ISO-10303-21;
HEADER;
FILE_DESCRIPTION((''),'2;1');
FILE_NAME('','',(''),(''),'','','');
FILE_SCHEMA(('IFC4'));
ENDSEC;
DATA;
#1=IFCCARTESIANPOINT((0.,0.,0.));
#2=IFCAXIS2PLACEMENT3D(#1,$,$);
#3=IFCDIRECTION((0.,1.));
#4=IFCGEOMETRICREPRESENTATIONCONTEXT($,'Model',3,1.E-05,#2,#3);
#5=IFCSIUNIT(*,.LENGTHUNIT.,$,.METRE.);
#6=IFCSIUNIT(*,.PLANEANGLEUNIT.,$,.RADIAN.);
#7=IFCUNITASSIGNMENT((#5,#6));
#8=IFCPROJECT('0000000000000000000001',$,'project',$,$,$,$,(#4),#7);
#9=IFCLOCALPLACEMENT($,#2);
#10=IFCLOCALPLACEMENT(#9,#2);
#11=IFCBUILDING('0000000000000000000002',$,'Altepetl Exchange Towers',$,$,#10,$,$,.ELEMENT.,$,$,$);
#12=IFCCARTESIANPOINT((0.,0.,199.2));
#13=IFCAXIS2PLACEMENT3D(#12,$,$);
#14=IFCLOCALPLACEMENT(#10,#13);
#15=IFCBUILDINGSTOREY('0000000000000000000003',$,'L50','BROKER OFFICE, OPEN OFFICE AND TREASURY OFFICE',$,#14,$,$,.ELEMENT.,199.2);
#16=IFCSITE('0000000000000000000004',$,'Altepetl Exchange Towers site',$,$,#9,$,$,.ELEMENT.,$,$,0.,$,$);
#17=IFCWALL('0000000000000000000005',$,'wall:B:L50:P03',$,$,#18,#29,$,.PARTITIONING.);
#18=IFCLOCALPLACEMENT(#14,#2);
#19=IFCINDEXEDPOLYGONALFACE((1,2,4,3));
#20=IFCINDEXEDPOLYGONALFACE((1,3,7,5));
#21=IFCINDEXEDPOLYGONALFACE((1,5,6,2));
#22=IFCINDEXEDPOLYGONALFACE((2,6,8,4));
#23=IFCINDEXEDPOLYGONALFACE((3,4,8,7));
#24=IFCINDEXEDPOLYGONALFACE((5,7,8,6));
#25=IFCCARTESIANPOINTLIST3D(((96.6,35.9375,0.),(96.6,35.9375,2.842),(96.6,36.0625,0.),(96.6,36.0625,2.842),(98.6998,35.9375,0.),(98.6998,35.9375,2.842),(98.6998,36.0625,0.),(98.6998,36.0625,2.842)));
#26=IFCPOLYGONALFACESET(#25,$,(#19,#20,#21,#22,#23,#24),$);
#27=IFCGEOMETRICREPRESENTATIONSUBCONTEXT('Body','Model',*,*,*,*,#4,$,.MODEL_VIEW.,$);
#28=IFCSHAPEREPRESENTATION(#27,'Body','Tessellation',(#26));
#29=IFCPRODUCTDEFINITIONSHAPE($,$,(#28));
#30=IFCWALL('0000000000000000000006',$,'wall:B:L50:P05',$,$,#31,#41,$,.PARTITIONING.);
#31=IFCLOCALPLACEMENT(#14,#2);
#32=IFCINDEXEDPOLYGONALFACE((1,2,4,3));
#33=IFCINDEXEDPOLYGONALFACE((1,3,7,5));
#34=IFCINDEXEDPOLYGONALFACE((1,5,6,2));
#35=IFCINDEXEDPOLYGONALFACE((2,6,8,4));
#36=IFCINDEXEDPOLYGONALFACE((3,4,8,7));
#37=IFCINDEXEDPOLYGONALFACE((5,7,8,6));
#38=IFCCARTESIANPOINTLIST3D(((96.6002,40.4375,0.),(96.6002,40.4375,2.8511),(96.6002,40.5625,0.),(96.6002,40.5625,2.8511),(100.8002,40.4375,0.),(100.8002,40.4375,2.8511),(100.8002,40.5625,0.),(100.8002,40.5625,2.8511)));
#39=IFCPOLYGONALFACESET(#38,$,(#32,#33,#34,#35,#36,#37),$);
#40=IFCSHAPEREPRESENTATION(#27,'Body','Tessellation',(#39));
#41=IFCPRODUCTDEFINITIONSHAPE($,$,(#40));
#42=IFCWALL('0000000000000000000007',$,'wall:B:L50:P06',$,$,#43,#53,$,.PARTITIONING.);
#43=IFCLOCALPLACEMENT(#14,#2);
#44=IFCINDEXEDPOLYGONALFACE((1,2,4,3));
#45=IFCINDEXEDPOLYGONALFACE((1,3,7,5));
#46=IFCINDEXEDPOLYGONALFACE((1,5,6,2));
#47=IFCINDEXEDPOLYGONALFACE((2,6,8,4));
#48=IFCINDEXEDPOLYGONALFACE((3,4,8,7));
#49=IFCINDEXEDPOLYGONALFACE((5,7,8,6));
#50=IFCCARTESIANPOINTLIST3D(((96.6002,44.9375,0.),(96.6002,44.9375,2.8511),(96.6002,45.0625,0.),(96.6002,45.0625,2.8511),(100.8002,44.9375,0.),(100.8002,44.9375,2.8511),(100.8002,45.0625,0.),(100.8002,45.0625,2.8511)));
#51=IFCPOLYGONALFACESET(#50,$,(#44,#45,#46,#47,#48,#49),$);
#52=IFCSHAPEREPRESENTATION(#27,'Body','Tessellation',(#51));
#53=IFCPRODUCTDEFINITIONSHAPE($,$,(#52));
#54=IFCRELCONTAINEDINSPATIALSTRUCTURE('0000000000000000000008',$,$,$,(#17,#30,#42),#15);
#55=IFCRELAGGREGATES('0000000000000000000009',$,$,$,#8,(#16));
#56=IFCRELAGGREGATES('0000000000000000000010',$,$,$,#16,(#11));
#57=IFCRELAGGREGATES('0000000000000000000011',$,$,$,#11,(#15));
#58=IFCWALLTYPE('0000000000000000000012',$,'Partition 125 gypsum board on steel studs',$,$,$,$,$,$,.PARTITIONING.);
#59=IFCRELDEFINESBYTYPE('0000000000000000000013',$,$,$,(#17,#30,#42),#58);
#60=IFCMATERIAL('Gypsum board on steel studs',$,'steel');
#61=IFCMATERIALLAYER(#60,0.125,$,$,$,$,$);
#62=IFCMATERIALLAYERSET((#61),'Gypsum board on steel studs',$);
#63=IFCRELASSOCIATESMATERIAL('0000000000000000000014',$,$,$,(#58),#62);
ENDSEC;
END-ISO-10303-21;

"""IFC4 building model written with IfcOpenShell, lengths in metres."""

from ifc_helpers import new_model, si_unit, direction, frame, frame_2d, origin, place, context, subcontext, project, spatial, rectangle, extrude, material, layer, layer_set, type_object, element, save


model = new_model("IFC4")

# Units and contexts
model_context = context("Model", 3, precision=1e-05, world=origin(), true_north=direction((0.0, 1.0)))
body_context = subcontext(model_context, "Body", "Model", "MODEL_VIEW")
ifc_project = project(units=[si_unit("LENGTHUNIT", "METRE"), si_unit("PLANEANGLEUNIT", "RADIAN")], contexts=[model_context])

# Site, building, storey
site_placement = place(None, origin())
site = spatial("IfcSite", under=ifc_project, at=site_placement, Name="Altepetl Exchange Towers site", CompositionType="ELEMENT", RefElevation=0.0)
building_placement = place(site_placement, origin())
building = spatial("IfcBuilding", under=site, at=building_placement, Name="Altepetl Exchange Towers", CompositionType="ELEMENT")
storey_placement = place(building_placement, frame((0.0, 0.0, 199.2)))
storey = spatial("IfcBuildingStorey", under=building, at=storey_placement, Name="L50", Description="BROKER OFFICE, OPEN OFFICE AND TREASURY OFFICE", CompositionType="ELEMENT", Elevation=199.2)

# Walls
ifc_material_1 = material(Name="Gypsum board on steel studs", Category="steel")
ifc_layer_1 = layer(ifc_material_1, 0.125)
ifc_layer_set_1 = layer_set([ifc_layer_1], Name="Gypsum board on steel studs")
wall_type = type_object("IfcWallType", Name="Partition 125 gypsum board on steel studs", PredefinedType="PARTITIONING", material=ifc_layer_set_1)
wall_placement = place(storey_placement, frame((96.6001, 36.0, 0.0)))
element("IfcWall", 1, at=wall_placement, inside=storey, type_object=wall_type, Name="wall:B:L50:P03", PredefinedType="PARTITIONING", context=body_context, shape_type="SweptSolid", body=[
    extrude(rectangle(XDim=2.0999, YDim=0.125, at=frame_2d((1.0498, 0.0))), origin(), (0.0, 0.0, 1.0), 2.842),
])
for number, where, name in (
    (2, (96.6001, 40.5, 0.0), "wall:B:L50:P05"),
    (3, (96.6001, 45.0, 0.0), "wall:B:L50:P06"),
):
    element("IfcWall", number, at=place(storey_placement, frame(where)), inside=storey, type_object=wall_type, Name=name, PredefinedType="PARTITIONING", context=body_context, shape_type="SweptSolid", body=[
        extrude(rectangle(XDim=4.2, YDim=0.125, at=frame_2d((2.1001, 0.0))), origin(), (0.0, 0.0, 1.0), 2.8511),
    ])

save(model, "model.ifc")
